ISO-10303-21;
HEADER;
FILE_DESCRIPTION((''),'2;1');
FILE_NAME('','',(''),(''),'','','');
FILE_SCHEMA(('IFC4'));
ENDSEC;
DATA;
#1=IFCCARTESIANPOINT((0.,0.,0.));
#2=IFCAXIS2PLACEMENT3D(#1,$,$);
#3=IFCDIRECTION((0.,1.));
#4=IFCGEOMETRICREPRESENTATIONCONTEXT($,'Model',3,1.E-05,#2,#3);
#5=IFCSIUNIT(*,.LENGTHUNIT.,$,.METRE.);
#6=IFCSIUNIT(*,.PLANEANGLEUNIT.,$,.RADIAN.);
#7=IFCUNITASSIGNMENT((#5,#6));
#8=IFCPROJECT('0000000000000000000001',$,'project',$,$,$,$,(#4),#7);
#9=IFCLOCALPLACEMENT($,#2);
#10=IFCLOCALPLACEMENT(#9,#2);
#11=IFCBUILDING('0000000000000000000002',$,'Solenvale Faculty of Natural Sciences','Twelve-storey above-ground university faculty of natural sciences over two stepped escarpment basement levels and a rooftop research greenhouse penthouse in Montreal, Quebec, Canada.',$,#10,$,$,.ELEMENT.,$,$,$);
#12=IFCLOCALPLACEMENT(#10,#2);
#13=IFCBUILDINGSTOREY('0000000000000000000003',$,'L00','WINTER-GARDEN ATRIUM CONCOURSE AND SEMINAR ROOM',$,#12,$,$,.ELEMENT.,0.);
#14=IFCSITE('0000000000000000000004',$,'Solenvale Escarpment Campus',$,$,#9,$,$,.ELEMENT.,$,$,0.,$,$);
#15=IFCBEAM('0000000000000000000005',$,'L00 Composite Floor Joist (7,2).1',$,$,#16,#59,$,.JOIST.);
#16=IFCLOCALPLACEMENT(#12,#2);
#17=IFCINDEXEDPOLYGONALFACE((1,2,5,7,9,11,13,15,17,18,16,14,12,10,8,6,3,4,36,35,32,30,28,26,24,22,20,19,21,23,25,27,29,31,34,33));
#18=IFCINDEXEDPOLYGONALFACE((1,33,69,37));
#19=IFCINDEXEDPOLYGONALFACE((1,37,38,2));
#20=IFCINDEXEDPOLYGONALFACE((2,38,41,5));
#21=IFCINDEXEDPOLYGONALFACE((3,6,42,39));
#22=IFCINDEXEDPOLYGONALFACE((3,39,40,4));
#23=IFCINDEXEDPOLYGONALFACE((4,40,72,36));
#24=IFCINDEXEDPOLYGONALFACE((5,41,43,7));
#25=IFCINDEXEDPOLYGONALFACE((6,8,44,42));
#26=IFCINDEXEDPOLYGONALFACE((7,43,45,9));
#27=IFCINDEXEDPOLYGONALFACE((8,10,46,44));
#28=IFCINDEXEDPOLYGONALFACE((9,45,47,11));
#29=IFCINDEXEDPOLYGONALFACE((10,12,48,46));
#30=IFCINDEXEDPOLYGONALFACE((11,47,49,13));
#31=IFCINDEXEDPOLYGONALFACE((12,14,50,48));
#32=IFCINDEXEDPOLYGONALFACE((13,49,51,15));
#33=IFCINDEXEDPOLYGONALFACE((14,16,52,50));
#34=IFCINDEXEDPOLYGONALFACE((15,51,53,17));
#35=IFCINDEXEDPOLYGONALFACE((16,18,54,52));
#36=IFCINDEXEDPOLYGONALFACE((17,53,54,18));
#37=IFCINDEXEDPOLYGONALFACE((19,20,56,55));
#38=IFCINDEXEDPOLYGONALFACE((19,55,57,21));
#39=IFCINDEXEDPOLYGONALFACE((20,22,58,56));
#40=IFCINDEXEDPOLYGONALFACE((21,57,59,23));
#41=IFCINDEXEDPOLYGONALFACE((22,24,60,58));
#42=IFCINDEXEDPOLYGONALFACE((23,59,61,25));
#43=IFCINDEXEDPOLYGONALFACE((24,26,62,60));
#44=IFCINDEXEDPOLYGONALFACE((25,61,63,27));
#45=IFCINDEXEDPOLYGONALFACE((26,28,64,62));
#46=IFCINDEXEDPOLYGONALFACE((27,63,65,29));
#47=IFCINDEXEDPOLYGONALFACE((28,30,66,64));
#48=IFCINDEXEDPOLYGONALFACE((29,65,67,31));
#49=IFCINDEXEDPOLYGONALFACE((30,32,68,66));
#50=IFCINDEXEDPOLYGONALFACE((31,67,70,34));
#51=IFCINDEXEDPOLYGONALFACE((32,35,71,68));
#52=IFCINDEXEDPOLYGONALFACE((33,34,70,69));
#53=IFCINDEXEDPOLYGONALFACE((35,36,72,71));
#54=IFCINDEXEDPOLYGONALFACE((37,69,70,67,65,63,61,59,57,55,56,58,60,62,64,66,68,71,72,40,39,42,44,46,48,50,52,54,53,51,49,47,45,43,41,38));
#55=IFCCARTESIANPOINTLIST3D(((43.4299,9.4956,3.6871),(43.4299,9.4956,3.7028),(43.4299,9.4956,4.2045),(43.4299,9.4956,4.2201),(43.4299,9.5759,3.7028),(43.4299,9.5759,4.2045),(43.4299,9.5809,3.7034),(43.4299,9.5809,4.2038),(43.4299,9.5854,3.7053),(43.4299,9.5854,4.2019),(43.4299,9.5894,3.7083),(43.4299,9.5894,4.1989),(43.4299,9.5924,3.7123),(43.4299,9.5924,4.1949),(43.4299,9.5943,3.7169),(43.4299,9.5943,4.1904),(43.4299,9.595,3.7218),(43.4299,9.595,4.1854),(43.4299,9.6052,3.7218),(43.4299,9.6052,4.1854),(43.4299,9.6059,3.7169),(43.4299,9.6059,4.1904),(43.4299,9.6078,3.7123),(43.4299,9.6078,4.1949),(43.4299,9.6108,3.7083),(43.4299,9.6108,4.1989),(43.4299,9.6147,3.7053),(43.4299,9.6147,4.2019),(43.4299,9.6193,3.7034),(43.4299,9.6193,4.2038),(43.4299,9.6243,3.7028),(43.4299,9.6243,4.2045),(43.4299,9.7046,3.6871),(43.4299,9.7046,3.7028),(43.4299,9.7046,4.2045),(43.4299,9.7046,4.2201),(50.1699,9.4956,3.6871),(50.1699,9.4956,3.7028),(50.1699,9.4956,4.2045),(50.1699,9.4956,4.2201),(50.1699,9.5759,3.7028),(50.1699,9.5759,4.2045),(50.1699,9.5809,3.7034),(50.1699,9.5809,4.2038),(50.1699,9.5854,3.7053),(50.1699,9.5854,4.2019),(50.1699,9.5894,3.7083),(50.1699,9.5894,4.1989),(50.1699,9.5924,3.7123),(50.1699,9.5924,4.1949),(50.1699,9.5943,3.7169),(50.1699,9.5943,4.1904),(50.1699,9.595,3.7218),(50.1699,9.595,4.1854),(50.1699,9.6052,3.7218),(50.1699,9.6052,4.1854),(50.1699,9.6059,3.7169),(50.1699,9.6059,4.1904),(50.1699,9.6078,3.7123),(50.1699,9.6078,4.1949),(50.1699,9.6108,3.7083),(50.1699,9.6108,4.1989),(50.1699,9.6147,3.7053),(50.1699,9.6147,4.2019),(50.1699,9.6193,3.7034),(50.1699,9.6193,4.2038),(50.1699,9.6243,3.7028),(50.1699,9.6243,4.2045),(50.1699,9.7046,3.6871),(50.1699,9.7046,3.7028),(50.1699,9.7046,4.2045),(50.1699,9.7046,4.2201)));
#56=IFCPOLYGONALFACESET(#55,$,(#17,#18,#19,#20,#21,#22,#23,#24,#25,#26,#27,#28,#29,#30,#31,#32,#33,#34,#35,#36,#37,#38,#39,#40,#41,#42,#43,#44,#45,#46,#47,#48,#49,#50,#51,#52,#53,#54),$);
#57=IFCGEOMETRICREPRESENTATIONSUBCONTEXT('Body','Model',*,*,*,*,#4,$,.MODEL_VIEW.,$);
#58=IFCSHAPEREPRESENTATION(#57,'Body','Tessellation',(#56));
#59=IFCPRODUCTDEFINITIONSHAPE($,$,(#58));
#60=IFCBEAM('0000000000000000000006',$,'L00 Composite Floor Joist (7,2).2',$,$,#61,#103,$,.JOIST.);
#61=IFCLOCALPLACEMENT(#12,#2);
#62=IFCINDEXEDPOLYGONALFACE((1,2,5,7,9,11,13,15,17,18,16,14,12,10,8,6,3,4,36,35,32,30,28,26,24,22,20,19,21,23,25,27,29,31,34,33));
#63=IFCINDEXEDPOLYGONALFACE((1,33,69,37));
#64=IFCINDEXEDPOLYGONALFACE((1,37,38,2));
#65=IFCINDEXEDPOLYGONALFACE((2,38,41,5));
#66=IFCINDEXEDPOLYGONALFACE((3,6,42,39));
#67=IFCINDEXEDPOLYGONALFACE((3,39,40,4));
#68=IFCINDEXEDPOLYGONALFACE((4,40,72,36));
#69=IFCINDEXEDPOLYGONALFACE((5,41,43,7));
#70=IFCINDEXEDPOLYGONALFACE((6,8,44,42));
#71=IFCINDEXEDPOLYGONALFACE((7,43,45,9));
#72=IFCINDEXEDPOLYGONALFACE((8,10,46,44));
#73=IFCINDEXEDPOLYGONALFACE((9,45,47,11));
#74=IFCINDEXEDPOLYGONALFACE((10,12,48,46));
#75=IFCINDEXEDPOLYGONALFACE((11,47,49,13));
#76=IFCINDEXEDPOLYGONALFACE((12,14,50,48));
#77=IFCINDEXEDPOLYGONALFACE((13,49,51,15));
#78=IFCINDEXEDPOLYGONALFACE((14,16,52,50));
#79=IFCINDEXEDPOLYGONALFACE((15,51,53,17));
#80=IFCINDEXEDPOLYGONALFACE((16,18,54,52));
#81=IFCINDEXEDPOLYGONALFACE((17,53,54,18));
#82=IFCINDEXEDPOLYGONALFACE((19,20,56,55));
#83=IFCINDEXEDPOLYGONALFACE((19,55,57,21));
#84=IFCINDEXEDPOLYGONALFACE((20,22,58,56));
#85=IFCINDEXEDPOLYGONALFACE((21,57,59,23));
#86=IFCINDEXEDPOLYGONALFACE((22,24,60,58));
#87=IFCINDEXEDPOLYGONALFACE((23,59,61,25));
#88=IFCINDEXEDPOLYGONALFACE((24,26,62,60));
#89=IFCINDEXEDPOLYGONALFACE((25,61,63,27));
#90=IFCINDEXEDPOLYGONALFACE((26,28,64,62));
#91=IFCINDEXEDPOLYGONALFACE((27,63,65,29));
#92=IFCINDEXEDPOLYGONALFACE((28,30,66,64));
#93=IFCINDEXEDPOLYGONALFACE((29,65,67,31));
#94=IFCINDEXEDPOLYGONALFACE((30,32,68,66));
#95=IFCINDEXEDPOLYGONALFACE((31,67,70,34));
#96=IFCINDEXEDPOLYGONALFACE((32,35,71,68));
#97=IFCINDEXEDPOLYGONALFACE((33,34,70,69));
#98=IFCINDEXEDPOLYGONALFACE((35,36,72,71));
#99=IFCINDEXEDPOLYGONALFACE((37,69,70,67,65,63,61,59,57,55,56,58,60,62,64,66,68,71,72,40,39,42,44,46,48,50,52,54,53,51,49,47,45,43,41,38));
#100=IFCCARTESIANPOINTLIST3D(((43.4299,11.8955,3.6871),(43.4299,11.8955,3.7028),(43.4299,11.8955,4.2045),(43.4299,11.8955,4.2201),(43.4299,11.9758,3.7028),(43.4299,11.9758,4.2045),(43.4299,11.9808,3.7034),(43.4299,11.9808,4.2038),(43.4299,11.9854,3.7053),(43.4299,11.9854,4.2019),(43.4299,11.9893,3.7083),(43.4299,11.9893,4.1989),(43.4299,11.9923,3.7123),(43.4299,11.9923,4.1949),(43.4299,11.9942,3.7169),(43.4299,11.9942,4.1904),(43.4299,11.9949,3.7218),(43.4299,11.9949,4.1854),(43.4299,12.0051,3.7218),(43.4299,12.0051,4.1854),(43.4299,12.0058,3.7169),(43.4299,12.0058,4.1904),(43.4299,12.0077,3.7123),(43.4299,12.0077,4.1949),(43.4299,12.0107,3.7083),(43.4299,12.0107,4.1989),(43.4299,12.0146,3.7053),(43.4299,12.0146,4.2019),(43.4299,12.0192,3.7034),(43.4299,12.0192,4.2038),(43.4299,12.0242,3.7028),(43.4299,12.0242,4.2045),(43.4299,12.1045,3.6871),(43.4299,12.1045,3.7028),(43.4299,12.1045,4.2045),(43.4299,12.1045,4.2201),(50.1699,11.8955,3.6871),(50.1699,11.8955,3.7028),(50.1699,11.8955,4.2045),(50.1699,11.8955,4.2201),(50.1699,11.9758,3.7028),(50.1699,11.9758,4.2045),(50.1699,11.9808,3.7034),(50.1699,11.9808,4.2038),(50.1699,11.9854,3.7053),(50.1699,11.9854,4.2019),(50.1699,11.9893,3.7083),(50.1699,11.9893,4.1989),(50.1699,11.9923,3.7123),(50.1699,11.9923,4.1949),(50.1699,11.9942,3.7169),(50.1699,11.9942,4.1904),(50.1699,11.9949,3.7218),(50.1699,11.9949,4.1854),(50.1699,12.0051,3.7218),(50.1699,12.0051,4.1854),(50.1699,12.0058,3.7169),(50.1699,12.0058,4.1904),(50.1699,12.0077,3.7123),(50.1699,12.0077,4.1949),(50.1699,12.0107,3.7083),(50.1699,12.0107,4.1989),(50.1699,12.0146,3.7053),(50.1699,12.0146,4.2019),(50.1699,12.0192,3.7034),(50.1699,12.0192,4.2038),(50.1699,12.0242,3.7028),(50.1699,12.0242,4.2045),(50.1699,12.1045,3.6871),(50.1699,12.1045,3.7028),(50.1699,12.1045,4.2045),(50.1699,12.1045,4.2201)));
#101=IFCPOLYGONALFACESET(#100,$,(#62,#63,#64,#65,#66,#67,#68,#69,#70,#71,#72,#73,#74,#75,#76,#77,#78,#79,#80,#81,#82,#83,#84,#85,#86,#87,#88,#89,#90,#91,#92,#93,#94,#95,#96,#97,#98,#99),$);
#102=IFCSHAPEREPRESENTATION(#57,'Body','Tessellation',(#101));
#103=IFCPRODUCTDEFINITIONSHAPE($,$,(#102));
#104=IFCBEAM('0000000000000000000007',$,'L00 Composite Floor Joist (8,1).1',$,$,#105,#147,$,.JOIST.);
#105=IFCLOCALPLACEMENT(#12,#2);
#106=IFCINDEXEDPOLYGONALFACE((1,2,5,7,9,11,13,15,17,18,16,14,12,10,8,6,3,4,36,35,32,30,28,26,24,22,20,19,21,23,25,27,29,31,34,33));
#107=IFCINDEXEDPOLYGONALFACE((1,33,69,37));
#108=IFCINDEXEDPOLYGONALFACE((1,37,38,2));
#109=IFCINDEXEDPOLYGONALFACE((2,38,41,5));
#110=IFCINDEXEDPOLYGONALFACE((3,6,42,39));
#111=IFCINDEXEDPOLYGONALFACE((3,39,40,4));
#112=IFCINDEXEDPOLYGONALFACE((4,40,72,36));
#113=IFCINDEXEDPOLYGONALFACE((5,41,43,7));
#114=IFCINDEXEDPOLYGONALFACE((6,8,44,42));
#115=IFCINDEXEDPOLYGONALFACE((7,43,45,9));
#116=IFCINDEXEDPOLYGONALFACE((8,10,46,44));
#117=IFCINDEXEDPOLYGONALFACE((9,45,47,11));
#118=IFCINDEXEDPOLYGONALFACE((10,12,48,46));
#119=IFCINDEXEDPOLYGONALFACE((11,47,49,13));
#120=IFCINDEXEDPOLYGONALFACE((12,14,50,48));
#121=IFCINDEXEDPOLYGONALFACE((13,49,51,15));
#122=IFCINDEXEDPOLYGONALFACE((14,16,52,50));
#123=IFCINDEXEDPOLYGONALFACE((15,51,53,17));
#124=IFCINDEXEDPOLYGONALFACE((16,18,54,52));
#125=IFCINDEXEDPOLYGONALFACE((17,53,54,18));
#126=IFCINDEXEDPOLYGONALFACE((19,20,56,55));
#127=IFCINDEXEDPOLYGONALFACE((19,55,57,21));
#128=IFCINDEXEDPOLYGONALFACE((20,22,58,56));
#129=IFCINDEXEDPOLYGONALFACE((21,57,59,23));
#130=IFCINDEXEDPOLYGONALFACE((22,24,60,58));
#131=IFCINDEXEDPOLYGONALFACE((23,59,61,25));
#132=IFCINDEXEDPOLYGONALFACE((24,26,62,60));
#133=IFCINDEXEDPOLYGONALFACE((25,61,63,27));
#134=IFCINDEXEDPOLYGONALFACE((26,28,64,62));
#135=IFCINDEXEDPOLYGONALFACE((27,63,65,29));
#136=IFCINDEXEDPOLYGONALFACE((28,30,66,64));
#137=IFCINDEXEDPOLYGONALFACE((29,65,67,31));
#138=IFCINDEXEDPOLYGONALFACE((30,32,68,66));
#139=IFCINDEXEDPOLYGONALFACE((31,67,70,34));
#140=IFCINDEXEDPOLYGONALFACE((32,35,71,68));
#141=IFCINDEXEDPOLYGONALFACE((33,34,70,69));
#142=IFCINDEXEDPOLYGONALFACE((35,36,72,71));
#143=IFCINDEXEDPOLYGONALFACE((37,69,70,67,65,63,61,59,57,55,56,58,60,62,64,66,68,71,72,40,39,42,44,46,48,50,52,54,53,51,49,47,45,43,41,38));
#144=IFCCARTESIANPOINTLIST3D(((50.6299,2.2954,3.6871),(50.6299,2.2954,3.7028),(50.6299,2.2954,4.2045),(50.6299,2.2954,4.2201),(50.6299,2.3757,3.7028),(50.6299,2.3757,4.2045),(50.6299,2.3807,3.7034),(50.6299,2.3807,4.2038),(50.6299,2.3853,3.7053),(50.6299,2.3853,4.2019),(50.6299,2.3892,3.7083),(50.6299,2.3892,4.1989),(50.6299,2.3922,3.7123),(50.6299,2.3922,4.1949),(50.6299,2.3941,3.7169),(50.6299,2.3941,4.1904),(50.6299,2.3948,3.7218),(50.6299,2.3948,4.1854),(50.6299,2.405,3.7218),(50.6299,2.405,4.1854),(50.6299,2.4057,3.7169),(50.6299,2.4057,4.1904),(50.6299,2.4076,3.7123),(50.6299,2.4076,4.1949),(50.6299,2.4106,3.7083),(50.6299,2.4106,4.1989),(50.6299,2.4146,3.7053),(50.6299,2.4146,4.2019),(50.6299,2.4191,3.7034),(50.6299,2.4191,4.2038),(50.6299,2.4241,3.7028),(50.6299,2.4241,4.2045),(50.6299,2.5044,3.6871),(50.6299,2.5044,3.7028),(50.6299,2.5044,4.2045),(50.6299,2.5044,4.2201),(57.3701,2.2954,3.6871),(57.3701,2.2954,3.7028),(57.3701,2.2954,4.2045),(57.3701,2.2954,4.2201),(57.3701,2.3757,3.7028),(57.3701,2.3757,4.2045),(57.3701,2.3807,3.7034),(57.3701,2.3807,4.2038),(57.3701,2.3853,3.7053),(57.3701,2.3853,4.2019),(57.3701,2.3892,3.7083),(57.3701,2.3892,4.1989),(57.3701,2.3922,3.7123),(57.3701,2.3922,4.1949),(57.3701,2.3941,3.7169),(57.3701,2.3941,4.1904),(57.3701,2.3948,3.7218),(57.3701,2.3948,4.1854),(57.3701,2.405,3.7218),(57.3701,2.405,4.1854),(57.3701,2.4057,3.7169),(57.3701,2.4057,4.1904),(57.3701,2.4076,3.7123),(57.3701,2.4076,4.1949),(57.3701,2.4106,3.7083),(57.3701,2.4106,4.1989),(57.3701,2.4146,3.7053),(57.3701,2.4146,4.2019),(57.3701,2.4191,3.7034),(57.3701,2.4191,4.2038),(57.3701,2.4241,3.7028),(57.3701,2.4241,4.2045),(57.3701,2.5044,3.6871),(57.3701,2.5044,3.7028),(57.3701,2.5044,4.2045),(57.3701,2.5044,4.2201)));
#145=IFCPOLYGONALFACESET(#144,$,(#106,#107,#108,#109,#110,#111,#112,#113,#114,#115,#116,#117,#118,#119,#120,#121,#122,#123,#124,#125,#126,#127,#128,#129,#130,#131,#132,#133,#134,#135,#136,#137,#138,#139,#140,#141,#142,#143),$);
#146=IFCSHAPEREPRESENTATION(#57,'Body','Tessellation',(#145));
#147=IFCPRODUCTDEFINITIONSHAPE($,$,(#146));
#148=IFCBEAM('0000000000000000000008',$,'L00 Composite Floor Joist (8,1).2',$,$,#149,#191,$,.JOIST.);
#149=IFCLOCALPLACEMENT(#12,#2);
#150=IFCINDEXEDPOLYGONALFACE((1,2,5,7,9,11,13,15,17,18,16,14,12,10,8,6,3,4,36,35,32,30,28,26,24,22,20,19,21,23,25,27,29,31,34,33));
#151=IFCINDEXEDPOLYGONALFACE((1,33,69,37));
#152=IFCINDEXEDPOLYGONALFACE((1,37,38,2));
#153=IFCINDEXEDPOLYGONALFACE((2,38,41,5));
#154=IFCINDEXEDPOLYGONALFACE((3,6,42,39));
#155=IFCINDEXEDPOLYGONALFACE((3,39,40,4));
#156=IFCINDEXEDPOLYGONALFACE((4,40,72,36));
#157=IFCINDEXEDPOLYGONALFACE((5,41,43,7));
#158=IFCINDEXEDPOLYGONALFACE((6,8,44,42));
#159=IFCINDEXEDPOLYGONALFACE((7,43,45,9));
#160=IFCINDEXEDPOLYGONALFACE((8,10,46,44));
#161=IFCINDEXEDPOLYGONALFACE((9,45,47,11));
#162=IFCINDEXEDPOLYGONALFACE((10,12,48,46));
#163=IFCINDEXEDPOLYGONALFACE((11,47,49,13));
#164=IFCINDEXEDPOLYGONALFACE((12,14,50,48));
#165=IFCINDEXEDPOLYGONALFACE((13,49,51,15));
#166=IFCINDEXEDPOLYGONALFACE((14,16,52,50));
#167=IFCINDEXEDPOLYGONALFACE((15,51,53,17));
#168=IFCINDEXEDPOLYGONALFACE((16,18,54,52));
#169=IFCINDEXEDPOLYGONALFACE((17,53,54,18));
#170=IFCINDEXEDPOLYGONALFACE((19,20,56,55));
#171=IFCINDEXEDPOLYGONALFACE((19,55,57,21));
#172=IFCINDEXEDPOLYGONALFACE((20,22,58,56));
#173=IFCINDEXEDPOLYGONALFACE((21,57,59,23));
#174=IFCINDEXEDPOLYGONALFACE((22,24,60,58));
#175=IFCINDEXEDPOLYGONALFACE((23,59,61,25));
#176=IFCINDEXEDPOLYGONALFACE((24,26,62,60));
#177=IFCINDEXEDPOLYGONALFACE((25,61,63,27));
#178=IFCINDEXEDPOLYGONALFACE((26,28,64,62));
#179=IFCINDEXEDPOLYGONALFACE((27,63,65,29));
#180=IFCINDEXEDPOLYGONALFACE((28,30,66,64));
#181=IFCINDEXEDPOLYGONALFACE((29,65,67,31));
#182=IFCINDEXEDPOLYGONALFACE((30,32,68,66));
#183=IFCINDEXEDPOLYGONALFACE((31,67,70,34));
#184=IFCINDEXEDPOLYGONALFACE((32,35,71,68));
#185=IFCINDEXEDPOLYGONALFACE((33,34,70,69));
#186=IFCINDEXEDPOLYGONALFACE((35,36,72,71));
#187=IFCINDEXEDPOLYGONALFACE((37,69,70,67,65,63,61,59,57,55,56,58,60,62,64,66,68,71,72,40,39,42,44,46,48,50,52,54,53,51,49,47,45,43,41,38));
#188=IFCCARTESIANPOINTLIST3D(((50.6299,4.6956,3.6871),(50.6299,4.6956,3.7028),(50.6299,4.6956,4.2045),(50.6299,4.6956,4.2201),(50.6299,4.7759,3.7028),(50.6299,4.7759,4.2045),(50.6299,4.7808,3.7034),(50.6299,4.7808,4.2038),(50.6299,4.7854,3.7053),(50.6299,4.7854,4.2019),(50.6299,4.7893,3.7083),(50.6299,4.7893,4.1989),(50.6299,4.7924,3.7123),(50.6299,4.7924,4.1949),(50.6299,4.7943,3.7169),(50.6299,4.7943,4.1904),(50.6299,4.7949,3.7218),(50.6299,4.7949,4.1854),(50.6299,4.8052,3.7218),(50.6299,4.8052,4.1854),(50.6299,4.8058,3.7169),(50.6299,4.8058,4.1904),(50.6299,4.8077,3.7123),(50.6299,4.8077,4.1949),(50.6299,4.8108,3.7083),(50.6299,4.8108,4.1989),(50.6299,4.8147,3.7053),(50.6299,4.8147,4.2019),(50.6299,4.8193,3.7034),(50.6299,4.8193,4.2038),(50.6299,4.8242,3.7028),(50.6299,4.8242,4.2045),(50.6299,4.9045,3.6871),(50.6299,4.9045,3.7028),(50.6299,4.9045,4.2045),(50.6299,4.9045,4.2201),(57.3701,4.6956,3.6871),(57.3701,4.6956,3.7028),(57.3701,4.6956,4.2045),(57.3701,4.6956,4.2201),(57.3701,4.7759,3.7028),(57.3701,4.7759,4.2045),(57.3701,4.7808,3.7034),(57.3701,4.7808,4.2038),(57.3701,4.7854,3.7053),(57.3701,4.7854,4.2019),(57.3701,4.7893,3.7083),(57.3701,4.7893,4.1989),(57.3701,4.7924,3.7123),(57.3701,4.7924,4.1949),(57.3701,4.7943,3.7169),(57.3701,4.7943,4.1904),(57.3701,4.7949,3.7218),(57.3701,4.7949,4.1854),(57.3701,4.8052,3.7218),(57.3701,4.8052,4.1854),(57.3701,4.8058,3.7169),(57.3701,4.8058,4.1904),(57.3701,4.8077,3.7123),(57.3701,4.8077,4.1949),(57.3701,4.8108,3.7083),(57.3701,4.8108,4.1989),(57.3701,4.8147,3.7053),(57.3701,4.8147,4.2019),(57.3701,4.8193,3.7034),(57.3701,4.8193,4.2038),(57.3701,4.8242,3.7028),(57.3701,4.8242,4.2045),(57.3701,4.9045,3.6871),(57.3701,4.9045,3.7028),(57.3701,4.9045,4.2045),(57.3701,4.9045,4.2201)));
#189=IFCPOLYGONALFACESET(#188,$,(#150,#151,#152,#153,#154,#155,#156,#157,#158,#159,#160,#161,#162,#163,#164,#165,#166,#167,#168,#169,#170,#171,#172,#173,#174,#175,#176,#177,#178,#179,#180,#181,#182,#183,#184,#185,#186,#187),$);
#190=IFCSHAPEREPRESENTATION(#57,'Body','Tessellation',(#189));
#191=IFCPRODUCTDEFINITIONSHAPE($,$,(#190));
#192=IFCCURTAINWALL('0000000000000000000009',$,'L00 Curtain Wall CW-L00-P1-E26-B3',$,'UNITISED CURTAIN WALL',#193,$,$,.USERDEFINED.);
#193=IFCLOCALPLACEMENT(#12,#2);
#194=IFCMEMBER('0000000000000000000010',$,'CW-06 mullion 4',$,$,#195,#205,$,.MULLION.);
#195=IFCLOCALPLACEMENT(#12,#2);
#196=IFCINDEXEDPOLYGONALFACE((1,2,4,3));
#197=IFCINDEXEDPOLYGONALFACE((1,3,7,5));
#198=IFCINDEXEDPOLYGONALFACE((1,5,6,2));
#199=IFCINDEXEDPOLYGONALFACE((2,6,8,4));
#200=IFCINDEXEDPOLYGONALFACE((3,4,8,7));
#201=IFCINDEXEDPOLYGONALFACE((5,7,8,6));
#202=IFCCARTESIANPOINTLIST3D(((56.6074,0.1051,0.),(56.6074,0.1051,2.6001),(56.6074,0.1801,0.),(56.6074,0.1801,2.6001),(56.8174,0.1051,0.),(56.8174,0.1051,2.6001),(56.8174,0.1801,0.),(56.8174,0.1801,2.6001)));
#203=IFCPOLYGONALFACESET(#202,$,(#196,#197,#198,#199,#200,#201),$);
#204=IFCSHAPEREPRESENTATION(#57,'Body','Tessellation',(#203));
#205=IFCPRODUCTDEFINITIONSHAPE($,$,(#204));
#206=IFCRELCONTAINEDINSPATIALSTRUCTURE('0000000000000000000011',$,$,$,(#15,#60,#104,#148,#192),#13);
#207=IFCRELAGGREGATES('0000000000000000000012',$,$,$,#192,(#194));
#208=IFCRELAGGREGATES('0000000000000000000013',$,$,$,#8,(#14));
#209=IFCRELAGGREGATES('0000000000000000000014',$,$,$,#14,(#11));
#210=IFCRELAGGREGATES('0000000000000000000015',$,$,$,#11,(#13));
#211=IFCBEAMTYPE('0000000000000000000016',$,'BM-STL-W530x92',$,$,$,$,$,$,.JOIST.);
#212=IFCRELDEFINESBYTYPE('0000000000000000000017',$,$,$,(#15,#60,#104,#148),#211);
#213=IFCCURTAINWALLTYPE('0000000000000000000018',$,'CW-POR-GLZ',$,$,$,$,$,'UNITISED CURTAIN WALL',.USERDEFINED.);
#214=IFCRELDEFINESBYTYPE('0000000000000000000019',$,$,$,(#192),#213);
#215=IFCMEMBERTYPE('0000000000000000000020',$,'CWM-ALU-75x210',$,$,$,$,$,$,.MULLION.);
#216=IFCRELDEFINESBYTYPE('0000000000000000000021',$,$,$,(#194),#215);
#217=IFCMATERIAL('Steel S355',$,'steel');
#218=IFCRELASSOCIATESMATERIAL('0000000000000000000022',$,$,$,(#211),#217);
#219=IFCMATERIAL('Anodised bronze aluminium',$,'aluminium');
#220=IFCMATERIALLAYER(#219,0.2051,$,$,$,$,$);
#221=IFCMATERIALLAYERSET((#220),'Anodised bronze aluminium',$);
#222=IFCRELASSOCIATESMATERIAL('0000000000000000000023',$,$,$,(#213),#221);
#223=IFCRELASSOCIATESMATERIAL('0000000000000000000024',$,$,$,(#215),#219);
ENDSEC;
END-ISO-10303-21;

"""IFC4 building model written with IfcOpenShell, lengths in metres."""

from ifc_helpers import new_model, si_unit, direction, frame, origin, origin_2d, place, context, subcontext, project, spatial, rectangle, i_section, extrude, material, layer, layer_set, material_profile, profile_set, type_object, element, aggregate, save


model = new_model("IFC4")

# Units and contexts
model_context = context("Model", 3, precision=1e-05, world=origin(), true_north=direction((0.0, 1.0)))
body_context = subcontext(model_context, "Body", "Model", "MODEL_VIEW")
ifc_project = project(units=[si_unit("LENGTHUNIT", "METRE"), si_unit("PLANEANGLEUNIT", "RADIAN")], contexts=[model_context])

# Site, building, storey
site_placement = place(None, origin())
site = spatial("IfcSite", under=ifc_project, at=site_placement, Name="Solenvale Escarpment Campus", CompositionType="ELEMENT", RefElevation=0.0)
building_placement = place(site_placement, origin())
building = spatial("IfcBuilding", under=site, at=building_placement, Name="Solenvale Faculty of Natural Sciences", Description="Twelve-storey above-ground university faculty of natural sciences over two stepped escarpment basement levels and a rooftop research greenhouse penthouse in Montreal, Quebec, Canada.", CompositionType="ELEMENT")
storey_placement = place(building_placement, origin())
storey = spatial("IfcBuildingStorey", under=building, at=storey_placement, Name="L00", Description="WINTER-GARDEN ATRIUM CONCOURSE AND SEMINAR ROOM", CompositionType="ELEMENT", Elevation=0.0)

# Beams
ifc_material_1 = material(Name="Steel S355", Category="steel")
ifc_material_profile_1 = material_profile(ifc_material_1, i_section(OverallWidth=0.209, OverallDepth=0.533, WebThickness=0.0103, FlangeThickness=0.0156, FilletRadius=0.019, at=origin_2d()), Name="W530x92")
ifc_profile_set_1 = profile_set([ifc_material_profile_1], Name="Steel S355")
beam_type_1 = type_object("IfcBeamType", Name="BM-STL-W530x92", PredefinedType="JOIST", material=ifc_profile_set_1)
for number, where, z_axis, x_axis, name in (
    (1, (43.4299, 9.6001, 3.9536), (1.0, 0.0, 0.0), (0.0, 1.0, 0.0), "L00 Composite Floor Joist (7,2).1"),
    (2, (43.4299, 12.0, 3.9536), (1.0, 0.0, 0.0), (0.0, 1.0, 0.0), "L00 Composite Floor Joist (7,2).2"),
):
    element("IfcBeam", number, at=place(storey_placement, frame(where, z_axis=z_axis, x_axis=x_axis)), inside=storey, type_object=beam_type_1, Name=name, PredefinedType="JOIST", context=body_context, shape_type="SweptSolid", body=[
        extrude(i_section(OverallWidth=0.209, OverallDepth=0.533, WebThickness=0.0103, FlangeThickness=0.0156, FilletRadius=0.019, at=origin_2d()), origin(), (0.0, 0.0, 1.0), 6.74),
    ])
for number, where, z_axis, x_axis, name in (
    (3, (50.6299, 2.3999, 3.9536), (1.0, 0.0, 0.0), (0.0, 1.0, 0.0), "L00 Composite Floor Joist (8,1).1"),
    (4, (50.6299, 4.8, 3.9536), (1.0, 0.0, 0.0), (0.0, 1.0, 0.0), "L00 Composite Floor Joist (8,1).2"),
):
    element("IfcBeam", number, at=place(storey_placement, frame(where, z_axis=z_axis, x_axis=x_axis)), inside=storey, type_object=beam_type_1, Name=name, PredefinedType="JOIST", context=body_context, shape_type="SweptSolid", body=[
        extrude(i_section(OverallWidth=0.209, OverallDepth=0.533, WebThickness=0.0103, FlangeThickness=0.0156, FilletRadius=0.019, at=origin_2d()), origin(), (0.0, 0.0, 1.0), 6.7402),
    ])

# Curtain wall, member
ifc_material_2 = material(Name="Anodised bronze aluminium", Category="aluminium")
ifc_layer_1 = layer(ifc_material_2, 0.2051)
ifc_layer_set_1 = layer_set([ifc_layer_1], Name="Anodised bronze aluminium")
curtain_wall_type = type_object("IfcCurtainWallType", Name="CW-POR-GLZ", ElementType="UNITISED CURTAIN WALL", PredefinedType="USERDEFINED", material=ifc_layer_set_1)
curtain_wall_placement = place(storey_placement, origin())
curtain_wall = element("IfcCurtainWall", 5, at=curtain_wall_placement, inside=storey, type_object=curtain_wall_type, Name="L00 Curtain Wall CW-L00-P1-E26-B3", ObjectType="UNITISED CURTAIN WALL", PredefinedType="USERDEFINED")
ifc_material_profile_2 = material_profile(ifc_material_2, rectangle(XDim=0.075, YDim=0.21, at=origin_2d()), Name="ALU-MUL-75x210")
ifc_profile_set_2 = profile_set([ifc_material_profile_2], Name="Anodised bronze aluminium")
member_type_1 = type_object("IfcMemberType", Name="CWM-ALU-75x210", PredefinedType="MULLION", material=ifc_profile_set_2)
member_1_placement = place(storey_placement, frame((56.7124, 0.1426, 0.0), z_axis=(0.0, 0.0, 1.0), x_axis=(0.0, 1.0, 0.0)))
member_1 = element("IfcMember", 6, at=member_1_placement, type_object=member_type_1, Name="CW-06 mullion 4", PredefinedType="MULLION", context=body_context, shape_type="SweptSolid", body=[
    extrude(rectangle(XDim=0.075, YDim=0.21, at=origin_2d()), origin(), (0.0, 0.0, 1.0), 2.6001),
])
aggregate(curtain_wall, [member_1])

save(model, "model.ifc")
